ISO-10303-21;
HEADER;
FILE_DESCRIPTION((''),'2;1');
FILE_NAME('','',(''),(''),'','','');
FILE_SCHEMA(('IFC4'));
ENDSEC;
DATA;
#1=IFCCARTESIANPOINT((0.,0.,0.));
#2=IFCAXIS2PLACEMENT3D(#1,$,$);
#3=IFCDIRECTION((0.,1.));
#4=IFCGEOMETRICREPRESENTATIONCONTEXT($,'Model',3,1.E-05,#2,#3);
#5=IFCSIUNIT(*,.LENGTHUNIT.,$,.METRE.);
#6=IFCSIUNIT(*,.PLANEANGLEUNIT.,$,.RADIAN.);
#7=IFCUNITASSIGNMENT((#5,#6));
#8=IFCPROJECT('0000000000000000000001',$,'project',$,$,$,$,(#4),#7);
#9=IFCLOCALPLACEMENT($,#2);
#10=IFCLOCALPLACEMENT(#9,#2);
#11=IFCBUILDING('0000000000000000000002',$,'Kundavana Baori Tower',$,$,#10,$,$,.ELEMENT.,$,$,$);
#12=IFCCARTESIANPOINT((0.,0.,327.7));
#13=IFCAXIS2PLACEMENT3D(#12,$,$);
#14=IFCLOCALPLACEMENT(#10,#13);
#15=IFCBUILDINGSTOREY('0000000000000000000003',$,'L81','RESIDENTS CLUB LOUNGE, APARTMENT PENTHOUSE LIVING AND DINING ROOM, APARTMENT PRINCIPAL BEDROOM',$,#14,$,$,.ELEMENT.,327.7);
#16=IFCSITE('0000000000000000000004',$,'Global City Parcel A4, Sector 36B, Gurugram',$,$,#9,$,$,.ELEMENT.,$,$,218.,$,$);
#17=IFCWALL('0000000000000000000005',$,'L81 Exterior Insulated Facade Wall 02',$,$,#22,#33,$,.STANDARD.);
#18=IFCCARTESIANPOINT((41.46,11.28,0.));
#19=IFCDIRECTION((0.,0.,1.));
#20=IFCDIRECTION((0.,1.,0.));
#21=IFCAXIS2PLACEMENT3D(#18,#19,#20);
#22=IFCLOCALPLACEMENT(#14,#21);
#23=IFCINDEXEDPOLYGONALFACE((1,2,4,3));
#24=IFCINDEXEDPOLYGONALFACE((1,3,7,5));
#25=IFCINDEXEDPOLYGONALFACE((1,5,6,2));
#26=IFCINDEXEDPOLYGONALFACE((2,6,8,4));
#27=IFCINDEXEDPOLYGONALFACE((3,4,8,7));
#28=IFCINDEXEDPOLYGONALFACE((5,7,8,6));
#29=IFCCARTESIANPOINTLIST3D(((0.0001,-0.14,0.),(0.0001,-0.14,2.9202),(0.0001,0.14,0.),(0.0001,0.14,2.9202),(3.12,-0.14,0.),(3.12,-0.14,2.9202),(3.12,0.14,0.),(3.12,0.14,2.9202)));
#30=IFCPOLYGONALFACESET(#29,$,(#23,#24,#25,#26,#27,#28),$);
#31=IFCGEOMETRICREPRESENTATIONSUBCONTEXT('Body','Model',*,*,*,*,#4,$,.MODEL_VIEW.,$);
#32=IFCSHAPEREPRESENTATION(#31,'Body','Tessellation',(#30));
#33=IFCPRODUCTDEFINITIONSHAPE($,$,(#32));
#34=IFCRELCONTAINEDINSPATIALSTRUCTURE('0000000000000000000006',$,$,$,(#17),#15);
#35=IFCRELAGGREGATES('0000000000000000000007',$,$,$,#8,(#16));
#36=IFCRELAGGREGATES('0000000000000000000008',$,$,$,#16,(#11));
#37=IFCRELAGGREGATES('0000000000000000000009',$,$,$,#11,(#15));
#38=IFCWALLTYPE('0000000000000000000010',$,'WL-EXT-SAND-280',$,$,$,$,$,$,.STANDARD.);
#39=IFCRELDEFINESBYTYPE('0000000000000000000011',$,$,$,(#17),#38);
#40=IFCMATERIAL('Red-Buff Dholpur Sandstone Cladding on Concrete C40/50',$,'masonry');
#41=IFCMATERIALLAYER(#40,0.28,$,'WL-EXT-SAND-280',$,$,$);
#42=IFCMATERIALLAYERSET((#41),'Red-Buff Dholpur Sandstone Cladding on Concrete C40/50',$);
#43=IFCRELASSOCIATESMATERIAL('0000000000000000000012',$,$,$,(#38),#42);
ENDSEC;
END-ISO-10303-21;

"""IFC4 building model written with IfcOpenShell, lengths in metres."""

from ifc_helpers import new_model, si_unit, direction, frame, frame_2d, origin, place, context, subcontext, project, spatial, rectangle, extrude, material, layer, layer_set, type_object, element, save


model = new_model("IFC4")

# Units and contexts
model_context = context("Model", 3, precision=1e-05, world=origin(), true_north=direction((0.0, 1.0)))
body_context = subcontext(model_context, "Body", "Model", "MODEL_VIEW")
ifc_project = project(units=[si_unit("LENGTHUNIT", "METRE"), si_unit("PLANEANGLEUNIT", "RADIAN")], contexts=[model_context])

# Site, building, storey
site_placement = place(None, origin())
site = spatial("IfcSite", under=ifc_project, at=site_placement, Name="Global City Parcel A4, Sector 36B, Gurugram", CompositionType="ELEMENT", RefElevation=218.0)
building_placement = place(site_placement, origin())
building = spatial("IfcBuilding", under=site, at=building_placement, Name="Kundavana Baori Tower", CompositionType="ELEMENT")
storey_placement = place(building_placement, frame((0.0, 0.0, 327.7)))
storey = spatial("IfcBuildingStorey", under=building, at=storey_placement, Name="L81", Description="RESIDENTS CLUB LOUNGE, APARTMENT PENTHOUSE LIVING AND DINING ROOM, APARTMENT PRINCIPAL BEDROOM", CompositionType="ELEMENT", Elevation=327.7)

# Wall
ifc_material_1 = material(Name="Red-Buff Dholpur Sandstone Cladding on Concrete C40/50", Category="masonry")
ifc_layer_1 = layer(ifc_material_1, 0.28, Name="WL-EXT-SAND-280")
ifc_layer_set_1 = layer_set([ifc_layer_1], Name="Red-Buff Dholpur Sandstone Cladding on Concrete C40/50")
wall_type_1 = type_object("IfcWallType", Name="WL-EXT-SAND-280", PredefinedType="STANDARD", material=ifc_layer_set_1)
wall_1_placement = place(storey_placement, frame((41.46, 11.28, 0.0), z_axis=(0.0, 0.0, 1.0), x_axis=(0.0, 1.0, 0.0)))
element("IfcWall", 1, at=wall_1_placement, inside=storey, type_object=wall_type_1, Name="L81 Exterior Insulated Facade Wall 02", PredefinedType="STANDARD", context=body_context, shape_type="SweptSolid", body=[
    extrude(rectangle(XDim=3.1199, YDim=0.28, at=frame_2d((1.5601, 0.0))), origin(), (0.0, 0.0, 1.0), 2.9202),
])

save(model, "model.ifc")
